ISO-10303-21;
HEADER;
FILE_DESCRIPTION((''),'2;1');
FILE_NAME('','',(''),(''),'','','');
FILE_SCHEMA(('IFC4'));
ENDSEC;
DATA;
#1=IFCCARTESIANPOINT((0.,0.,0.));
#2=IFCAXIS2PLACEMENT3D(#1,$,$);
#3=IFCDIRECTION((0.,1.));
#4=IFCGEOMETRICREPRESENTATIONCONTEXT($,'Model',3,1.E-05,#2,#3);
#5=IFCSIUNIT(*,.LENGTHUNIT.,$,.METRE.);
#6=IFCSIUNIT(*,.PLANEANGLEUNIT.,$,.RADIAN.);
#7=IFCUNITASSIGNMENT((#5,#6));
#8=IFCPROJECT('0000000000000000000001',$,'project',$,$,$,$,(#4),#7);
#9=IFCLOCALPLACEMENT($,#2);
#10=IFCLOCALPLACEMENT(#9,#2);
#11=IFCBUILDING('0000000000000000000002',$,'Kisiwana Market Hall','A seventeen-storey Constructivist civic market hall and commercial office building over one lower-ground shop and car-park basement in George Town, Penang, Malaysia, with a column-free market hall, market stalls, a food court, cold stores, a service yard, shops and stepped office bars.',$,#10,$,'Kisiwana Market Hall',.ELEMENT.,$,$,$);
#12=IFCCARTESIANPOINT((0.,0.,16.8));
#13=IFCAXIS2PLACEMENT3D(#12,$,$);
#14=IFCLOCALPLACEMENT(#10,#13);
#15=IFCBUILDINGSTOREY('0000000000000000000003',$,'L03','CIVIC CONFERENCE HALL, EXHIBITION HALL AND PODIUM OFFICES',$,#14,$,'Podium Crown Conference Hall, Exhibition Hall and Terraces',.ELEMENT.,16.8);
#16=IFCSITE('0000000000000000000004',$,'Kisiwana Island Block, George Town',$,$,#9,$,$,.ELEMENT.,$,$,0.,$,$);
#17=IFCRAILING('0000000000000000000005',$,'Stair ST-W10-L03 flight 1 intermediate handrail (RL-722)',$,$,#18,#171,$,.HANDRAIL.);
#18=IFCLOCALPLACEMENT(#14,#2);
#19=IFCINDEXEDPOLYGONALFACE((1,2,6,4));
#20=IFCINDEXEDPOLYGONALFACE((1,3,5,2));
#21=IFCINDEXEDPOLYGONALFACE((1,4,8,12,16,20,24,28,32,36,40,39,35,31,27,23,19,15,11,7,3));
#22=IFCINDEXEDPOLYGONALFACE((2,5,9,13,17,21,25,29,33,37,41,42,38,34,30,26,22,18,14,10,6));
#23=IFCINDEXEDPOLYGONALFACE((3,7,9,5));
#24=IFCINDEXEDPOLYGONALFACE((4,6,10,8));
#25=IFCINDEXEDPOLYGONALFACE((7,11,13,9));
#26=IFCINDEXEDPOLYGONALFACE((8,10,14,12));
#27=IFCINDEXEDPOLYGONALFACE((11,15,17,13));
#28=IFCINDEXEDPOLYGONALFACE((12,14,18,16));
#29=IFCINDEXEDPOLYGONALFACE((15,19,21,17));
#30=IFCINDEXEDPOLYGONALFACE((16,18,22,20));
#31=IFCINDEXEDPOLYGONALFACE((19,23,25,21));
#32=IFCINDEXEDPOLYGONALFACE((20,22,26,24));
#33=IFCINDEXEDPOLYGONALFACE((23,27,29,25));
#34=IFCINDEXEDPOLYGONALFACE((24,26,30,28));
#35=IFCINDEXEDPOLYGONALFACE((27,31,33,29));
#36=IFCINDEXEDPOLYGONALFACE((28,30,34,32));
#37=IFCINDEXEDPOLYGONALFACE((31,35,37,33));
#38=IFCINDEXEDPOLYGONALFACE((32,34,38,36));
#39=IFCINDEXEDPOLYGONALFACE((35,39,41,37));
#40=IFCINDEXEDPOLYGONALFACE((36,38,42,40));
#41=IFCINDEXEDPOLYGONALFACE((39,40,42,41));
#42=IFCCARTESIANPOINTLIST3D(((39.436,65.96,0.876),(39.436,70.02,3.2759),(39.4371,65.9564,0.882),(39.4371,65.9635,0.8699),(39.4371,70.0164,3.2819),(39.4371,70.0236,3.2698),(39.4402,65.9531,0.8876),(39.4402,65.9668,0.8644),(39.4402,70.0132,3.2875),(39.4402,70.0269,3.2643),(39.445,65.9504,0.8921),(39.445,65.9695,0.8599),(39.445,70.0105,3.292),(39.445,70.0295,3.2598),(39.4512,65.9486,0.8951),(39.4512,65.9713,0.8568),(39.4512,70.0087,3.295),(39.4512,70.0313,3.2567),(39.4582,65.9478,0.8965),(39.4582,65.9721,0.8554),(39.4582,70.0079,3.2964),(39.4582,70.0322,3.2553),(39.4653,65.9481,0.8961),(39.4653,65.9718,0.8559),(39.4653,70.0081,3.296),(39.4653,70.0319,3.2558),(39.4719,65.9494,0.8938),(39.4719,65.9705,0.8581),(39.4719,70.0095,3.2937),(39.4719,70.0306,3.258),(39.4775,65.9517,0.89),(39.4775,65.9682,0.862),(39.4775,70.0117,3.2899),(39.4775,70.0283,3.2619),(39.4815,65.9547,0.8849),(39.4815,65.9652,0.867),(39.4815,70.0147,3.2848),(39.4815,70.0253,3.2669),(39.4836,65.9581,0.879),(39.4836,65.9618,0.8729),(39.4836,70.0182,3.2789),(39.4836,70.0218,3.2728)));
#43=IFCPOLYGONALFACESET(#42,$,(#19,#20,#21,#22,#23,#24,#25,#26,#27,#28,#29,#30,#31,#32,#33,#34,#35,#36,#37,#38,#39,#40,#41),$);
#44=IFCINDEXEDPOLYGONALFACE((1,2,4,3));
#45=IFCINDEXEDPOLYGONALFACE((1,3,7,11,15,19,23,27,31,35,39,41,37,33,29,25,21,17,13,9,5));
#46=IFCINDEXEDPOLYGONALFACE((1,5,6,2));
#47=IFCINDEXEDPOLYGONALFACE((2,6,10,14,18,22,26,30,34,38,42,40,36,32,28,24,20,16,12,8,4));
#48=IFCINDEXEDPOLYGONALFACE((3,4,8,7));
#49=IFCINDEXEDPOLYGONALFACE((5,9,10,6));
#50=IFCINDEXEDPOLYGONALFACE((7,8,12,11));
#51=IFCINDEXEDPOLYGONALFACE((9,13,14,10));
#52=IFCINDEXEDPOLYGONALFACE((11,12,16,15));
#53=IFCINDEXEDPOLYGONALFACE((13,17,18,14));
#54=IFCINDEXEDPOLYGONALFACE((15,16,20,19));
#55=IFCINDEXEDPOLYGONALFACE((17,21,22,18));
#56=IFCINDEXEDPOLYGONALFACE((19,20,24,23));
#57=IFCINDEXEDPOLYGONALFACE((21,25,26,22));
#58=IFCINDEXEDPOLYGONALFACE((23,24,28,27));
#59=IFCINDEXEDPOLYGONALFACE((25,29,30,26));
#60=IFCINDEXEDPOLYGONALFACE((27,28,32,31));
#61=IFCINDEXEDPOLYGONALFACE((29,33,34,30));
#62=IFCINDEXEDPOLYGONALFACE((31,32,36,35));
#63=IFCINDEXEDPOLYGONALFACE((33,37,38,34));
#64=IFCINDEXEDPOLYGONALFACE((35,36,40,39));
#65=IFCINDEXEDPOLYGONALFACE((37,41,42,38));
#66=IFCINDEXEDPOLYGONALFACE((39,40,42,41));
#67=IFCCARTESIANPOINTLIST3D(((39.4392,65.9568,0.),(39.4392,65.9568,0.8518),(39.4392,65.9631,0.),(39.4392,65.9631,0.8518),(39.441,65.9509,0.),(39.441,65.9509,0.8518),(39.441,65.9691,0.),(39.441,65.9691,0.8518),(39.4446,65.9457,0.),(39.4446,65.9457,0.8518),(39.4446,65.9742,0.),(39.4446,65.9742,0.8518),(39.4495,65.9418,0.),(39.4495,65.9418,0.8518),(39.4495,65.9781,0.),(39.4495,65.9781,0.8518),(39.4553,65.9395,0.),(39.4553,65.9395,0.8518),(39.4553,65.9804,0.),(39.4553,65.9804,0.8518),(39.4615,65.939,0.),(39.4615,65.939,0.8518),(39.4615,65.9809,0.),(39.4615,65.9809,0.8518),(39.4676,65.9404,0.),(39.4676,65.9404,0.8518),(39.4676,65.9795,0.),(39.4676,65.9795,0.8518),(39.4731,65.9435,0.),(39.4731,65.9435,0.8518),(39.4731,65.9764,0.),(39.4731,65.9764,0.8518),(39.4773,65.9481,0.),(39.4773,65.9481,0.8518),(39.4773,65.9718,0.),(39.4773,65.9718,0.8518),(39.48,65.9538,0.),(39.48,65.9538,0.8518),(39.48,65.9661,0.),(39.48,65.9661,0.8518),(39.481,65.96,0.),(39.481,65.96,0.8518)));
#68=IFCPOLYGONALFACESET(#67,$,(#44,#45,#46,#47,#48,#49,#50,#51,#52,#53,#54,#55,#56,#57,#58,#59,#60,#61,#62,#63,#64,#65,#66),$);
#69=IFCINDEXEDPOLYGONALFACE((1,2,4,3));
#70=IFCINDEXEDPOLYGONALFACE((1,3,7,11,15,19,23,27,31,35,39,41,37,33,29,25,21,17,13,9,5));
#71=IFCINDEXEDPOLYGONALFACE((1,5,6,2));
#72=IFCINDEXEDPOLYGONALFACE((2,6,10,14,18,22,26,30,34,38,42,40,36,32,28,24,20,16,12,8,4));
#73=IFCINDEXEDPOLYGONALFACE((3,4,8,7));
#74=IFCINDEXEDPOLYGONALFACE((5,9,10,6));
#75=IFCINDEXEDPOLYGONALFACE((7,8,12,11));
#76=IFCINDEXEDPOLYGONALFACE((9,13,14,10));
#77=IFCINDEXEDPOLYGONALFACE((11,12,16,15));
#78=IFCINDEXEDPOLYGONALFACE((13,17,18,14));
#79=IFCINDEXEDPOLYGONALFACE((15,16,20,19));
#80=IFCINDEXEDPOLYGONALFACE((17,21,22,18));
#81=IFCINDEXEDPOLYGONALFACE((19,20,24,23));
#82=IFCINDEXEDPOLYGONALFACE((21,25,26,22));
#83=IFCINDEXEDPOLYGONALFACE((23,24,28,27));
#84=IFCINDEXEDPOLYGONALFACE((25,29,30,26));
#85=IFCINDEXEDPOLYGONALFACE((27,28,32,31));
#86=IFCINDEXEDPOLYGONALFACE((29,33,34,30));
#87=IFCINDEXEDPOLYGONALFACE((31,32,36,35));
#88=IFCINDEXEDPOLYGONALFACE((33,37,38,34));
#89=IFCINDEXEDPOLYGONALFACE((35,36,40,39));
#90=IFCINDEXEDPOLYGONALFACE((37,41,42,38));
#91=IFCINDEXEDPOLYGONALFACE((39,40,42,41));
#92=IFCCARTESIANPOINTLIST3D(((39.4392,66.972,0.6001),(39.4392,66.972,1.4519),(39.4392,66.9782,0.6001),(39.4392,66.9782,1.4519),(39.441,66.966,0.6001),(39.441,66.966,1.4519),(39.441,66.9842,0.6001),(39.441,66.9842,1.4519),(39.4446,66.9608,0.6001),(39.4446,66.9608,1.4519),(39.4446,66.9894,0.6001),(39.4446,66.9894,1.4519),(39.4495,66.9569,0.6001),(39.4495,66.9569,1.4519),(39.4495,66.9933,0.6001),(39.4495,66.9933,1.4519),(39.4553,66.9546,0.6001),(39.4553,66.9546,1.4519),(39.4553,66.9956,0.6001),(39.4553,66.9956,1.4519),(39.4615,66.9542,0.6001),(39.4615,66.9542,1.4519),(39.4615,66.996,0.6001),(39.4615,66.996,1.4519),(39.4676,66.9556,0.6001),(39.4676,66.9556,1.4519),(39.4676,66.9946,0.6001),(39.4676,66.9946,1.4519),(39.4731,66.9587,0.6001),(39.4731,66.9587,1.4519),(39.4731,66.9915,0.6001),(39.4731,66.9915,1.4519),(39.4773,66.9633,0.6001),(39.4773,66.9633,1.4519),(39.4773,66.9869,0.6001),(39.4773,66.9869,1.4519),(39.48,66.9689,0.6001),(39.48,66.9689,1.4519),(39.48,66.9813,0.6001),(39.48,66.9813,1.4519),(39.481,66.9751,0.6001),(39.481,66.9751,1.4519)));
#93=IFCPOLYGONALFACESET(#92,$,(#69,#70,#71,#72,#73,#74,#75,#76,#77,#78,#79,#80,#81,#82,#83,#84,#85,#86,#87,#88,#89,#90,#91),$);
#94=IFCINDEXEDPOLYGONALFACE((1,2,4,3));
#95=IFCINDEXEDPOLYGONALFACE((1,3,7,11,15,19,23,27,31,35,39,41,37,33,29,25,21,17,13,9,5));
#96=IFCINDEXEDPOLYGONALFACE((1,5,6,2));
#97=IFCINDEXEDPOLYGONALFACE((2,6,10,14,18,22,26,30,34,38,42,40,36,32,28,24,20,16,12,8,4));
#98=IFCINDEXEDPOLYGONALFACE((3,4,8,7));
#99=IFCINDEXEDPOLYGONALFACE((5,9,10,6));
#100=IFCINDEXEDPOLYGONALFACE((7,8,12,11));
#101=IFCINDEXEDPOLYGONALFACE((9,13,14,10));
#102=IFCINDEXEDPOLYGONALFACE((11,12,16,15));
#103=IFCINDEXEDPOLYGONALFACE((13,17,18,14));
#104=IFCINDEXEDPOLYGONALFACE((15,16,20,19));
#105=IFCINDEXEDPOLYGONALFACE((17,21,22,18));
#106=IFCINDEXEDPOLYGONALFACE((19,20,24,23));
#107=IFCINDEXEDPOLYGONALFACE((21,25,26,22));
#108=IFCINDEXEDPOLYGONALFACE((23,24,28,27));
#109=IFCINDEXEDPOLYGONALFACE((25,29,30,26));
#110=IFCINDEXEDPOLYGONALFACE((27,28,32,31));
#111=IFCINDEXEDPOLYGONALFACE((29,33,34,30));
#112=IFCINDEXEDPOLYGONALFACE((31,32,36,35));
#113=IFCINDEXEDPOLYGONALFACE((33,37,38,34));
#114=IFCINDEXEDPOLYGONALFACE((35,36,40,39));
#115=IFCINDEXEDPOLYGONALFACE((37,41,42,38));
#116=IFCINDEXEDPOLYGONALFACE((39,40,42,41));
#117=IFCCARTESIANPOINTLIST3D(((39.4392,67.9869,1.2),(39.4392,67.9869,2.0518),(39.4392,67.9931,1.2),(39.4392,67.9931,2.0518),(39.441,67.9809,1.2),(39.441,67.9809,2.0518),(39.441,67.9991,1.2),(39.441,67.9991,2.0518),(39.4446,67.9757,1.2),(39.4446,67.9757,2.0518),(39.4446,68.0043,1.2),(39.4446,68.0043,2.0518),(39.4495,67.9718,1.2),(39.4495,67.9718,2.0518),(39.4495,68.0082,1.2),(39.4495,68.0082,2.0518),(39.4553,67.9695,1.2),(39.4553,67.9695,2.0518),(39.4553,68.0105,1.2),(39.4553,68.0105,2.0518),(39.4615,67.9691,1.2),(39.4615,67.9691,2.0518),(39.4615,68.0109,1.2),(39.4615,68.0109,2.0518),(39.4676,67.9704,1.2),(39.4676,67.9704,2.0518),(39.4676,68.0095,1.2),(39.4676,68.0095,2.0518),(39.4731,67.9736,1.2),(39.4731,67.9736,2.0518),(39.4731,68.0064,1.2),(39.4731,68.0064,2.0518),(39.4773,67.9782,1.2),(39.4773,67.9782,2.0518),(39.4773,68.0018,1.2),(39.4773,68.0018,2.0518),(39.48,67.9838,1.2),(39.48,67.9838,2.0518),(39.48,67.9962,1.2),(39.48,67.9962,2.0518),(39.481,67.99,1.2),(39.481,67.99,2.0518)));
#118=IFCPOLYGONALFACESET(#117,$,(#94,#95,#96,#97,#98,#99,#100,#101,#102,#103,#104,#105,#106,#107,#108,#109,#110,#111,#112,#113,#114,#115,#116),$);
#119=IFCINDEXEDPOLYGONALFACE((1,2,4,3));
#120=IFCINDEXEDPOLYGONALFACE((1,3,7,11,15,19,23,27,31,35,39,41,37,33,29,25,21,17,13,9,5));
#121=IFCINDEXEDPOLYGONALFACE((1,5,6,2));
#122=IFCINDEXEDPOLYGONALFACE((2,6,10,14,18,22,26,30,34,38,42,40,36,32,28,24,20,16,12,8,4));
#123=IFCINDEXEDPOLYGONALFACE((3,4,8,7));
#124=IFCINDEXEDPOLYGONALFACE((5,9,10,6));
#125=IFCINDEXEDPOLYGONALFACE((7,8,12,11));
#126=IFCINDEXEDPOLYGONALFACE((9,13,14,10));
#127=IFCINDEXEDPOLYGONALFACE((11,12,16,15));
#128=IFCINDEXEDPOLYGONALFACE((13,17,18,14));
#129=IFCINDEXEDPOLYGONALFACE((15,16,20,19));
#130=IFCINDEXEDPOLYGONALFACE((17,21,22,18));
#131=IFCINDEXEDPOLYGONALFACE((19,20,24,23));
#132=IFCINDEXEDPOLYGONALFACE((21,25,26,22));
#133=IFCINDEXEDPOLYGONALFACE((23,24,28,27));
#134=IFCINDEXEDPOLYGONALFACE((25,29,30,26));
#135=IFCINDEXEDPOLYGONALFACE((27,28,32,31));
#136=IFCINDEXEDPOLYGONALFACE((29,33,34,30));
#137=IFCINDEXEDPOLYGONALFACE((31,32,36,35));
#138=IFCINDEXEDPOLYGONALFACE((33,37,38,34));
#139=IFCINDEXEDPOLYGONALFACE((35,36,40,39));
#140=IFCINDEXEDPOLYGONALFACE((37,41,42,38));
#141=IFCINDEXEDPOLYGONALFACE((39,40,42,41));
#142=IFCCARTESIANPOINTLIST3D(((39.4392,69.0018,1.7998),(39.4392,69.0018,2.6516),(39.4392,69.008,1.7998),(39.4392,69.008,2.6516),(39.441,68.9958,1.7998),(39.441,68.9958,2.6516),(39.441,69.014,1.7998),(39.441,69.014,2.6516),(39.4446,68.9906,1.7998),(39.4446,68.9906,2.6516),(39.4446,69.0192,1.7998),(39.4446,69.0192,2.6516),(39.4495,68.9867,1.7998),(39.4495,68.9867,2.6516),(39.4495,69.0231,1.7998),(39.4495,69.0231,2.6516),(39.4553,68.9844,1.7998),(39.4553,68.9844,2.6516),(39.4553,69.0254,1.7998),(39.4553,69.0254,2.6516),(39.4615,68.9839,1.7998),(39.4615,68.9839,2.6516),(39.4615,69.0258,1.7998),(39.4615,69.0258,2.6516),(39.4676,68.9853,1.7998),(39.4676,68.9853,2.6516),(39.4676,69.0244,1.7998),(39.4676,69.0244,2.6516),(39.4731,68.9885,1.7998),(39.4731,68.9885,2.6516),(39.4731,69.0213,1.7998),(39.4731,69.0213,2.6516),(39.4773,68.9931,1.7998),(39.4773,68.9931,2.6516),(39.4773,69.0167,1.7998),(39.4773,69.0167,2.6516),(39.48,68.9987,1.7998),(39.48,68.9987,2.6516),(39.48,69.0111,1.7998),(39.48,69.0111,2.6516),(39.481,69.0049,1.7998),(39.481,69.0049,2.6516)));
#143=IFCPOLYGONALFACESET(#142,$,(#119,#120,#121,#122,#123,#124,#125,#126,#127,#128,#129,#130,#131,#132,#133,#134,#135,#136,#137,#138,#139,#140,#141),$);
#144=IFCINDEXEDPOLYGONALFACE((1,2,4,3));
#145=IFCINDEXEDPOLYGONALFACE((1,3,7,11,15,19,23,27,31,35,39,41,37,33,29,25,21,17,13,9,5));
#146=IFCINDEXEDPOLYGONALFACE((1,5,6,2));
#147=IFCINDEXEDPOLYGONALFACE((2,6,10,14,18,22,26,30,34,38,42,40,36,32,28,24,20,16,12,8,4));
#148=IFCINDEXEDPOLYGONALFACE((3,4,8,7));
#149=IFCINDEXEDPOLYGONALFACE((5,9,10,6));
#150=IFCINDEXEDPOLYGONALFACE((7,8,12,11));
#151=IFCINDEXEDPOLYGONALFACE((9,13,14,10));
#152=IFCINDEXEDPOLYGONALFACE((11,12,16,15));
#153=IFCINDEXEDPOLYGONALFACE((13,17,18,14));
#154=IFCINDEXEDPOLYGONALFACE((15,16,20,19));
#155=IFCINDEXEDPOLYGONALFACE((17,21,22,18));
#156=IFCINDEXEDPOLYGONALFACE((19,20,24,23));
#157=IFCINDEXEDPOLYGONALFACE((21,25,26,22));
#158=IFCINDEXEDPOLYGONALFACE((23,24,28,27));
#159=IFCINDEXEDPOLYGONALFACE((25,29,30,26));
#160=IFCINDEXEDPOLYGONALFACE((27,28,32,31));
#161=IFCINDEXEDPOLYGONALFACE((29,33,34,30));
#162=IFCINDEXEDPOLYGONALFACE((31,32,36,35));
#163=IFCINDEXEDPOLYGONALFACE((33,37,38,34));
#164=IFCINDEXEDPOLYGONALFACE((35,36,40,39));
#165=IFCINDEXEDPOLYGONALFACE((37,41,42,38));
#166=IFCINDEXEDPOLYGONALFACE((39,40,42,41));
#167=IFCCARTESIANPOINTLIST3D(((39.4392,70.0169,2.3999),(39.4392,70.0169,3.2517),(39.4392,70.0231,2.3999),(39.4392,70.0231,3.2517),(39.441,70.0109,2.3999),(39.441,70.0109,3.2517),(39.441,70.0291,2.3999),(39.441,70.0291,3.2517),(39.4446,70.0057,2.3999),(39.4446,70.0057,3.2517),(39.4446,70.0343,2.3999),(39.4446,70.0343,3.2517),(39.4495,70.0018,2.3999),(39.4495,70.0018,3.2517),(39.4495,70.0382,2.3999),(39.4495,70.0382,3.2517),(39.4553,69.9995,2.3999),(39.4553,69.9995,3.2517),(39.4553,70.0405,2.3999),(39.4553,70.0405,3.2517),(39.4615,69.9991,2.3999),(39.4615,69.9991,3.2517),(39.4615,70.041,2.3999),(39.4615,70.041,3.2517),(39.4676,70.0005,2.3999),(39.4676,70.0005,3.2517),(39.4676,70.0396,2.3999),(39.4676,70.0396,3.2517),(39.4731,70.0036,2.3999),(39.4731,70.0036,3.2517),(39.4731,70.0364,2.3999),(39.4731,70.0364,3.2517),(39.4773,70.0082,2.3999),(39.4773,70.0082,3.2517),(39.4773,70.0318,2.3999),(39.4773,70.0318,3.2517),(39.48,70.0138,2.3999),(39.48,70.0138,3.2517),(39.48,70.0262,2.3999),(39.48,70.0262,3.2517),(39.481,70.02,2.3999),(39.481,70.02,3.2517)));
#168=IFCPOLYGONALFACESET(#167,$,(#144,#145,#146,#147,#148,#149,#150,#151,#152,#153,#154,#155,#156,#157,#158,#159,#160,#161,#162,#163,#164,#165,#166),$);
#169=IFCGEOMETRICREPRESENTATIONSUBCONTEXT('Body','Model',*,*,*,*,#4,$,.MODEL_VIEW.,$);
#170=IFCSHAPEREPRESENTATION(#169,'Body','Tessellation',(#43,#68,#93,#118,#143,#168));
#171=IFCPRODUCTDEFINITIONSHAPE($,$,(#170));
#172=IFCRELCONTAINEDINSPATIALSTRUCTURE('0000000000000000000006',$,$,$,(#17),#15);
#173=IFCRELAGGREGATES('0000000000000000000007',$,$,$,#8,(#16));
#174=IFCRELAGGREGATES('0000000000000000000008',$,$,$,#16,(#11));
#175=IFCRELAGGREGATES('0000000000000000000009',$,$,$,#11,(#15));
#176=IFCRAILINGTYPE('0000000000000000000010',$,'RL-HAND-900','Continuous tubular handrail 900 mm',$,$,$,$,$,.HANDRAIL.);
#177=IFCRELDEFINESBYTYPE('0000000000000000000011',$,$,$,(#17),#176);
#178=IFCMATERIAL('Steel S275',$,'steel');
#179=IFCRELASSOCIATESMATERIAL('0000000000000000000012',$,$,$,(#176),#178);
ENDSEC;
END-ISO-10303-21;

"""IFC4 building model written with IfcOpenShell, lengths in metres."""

from ifc_helpers import new_model, si_unit, direction, frame, origin, origin_2d, place, context, subcontext, project, spatial, circle, extrude, material, type_object, element, save


model = new_model("IFC4")

# Units and contexts
model_context = context("Model", 3, precision=1e-05, world=origin(), true_north=direction((0.0, 1.0)))
body_context = subcontext(model_context, "Body", "Model", "MODEL_VIEW")
ifc_project = project(units=[si_unit("LENGTHUNIT", "METRE"), si_unit("PLANEANGLEUNIT", "RADIAN")], contexts=[model_context])

# Site, building, storey
site_placement = place(None, origin())
site = spatial("IfcSite", under=ifc_project, at=site_placement, Name="Kisiwana Island Block, George Town", CompositionType="ELEMENT", RefElevation=0.0)
building_placement = place(site_placement, origin())
building = spatial("IfcBuilding", under=site, at=building_placement, Name="Kisiwana Market Hall", Description="A seventeen-storey Constructivist civic market hall and commercial office building over one lower-ground shop and car-park basement in George Town, Penang, Malaysia, with a column-free market hall, market stalls, a food court, cold stores, a service yard, shops and stepped office bars.", LongName="Kisiwana Market Hall", CompositionType="ELEMENT")
storey_placement = place(building_placement, frame((0.0, 0.0, 16.8)))
storey = spatial("IfcBuildingStorey", under=building, at=storey_placement, Name="L03", Description="CIVIC CONFERENCE HALL, EXHIBITION HALL AND PODIUM OFFICES", LongName="Podium Crown Conference Hall, Exhibition Hall and Terraces", CompositionType="ELEMENT", Elevation=16.8)

# Railing
ifc_material_1 = material(Name="Steel S275", Category="steel")
railing_type_1 = type_object("IfcRailingType", Name="RL-HAND-900", Description="Continuous tubular handrail 900 mm", PredefinedType="HANDRAIL", material=ifc_material_1)
railing_1_placement = place(storey_placement, frame((39.46, 65.96, 0.0)))
element("IfcRailing", 1, at=railing_1_placement, inside=storey, type_object=railing_type_1, Name="Stair ST-W10-L03 flight 1 intermediate handrail (RL-722)", PredefinedType="HANDRAIL", context=body_context, shape_type="SweptSolid", body=[
    extrude(circle(Radius=0.0239, at=origin_2d()), frame((0.0, 0.0, 0.876), z_axis=(0.0, 0.860854, 0.508851), x_axis=(-1.0, 0.0, 0.0)), (0.0, 0.0, 1.0), 4.7163),
    extrude(circle(Radius=0.021, at=origin_2d()), origin(), (0.0, 0.0, 1.0), 0.8518),
    extrude(circle(Radius=0.021, at=origin_2d()), frame((0.0, 1.0151, 0.6001)), (0.0, 0.0, 1.0), 0.8518),
    extrude(circle(Radius=0.021, at=origin_2d()), frame((0.0, 2.03, 1.2)), (0.0, 0.0, 1.0), 0.8518),
    extrude(circle(Radius=0.021, at=origin_2d()), frame((0.0, 3.0449, 1.7998)), (0.0, 0.0, 1.0), 0.8518),
    extrude(circle(Radius=0.021, at=origin_2d()), frame((0.0, 4.0601, 2.3999)), (0.0, 0.0, 1.0), 0.8518),
])

save(model, "model.ifc")
